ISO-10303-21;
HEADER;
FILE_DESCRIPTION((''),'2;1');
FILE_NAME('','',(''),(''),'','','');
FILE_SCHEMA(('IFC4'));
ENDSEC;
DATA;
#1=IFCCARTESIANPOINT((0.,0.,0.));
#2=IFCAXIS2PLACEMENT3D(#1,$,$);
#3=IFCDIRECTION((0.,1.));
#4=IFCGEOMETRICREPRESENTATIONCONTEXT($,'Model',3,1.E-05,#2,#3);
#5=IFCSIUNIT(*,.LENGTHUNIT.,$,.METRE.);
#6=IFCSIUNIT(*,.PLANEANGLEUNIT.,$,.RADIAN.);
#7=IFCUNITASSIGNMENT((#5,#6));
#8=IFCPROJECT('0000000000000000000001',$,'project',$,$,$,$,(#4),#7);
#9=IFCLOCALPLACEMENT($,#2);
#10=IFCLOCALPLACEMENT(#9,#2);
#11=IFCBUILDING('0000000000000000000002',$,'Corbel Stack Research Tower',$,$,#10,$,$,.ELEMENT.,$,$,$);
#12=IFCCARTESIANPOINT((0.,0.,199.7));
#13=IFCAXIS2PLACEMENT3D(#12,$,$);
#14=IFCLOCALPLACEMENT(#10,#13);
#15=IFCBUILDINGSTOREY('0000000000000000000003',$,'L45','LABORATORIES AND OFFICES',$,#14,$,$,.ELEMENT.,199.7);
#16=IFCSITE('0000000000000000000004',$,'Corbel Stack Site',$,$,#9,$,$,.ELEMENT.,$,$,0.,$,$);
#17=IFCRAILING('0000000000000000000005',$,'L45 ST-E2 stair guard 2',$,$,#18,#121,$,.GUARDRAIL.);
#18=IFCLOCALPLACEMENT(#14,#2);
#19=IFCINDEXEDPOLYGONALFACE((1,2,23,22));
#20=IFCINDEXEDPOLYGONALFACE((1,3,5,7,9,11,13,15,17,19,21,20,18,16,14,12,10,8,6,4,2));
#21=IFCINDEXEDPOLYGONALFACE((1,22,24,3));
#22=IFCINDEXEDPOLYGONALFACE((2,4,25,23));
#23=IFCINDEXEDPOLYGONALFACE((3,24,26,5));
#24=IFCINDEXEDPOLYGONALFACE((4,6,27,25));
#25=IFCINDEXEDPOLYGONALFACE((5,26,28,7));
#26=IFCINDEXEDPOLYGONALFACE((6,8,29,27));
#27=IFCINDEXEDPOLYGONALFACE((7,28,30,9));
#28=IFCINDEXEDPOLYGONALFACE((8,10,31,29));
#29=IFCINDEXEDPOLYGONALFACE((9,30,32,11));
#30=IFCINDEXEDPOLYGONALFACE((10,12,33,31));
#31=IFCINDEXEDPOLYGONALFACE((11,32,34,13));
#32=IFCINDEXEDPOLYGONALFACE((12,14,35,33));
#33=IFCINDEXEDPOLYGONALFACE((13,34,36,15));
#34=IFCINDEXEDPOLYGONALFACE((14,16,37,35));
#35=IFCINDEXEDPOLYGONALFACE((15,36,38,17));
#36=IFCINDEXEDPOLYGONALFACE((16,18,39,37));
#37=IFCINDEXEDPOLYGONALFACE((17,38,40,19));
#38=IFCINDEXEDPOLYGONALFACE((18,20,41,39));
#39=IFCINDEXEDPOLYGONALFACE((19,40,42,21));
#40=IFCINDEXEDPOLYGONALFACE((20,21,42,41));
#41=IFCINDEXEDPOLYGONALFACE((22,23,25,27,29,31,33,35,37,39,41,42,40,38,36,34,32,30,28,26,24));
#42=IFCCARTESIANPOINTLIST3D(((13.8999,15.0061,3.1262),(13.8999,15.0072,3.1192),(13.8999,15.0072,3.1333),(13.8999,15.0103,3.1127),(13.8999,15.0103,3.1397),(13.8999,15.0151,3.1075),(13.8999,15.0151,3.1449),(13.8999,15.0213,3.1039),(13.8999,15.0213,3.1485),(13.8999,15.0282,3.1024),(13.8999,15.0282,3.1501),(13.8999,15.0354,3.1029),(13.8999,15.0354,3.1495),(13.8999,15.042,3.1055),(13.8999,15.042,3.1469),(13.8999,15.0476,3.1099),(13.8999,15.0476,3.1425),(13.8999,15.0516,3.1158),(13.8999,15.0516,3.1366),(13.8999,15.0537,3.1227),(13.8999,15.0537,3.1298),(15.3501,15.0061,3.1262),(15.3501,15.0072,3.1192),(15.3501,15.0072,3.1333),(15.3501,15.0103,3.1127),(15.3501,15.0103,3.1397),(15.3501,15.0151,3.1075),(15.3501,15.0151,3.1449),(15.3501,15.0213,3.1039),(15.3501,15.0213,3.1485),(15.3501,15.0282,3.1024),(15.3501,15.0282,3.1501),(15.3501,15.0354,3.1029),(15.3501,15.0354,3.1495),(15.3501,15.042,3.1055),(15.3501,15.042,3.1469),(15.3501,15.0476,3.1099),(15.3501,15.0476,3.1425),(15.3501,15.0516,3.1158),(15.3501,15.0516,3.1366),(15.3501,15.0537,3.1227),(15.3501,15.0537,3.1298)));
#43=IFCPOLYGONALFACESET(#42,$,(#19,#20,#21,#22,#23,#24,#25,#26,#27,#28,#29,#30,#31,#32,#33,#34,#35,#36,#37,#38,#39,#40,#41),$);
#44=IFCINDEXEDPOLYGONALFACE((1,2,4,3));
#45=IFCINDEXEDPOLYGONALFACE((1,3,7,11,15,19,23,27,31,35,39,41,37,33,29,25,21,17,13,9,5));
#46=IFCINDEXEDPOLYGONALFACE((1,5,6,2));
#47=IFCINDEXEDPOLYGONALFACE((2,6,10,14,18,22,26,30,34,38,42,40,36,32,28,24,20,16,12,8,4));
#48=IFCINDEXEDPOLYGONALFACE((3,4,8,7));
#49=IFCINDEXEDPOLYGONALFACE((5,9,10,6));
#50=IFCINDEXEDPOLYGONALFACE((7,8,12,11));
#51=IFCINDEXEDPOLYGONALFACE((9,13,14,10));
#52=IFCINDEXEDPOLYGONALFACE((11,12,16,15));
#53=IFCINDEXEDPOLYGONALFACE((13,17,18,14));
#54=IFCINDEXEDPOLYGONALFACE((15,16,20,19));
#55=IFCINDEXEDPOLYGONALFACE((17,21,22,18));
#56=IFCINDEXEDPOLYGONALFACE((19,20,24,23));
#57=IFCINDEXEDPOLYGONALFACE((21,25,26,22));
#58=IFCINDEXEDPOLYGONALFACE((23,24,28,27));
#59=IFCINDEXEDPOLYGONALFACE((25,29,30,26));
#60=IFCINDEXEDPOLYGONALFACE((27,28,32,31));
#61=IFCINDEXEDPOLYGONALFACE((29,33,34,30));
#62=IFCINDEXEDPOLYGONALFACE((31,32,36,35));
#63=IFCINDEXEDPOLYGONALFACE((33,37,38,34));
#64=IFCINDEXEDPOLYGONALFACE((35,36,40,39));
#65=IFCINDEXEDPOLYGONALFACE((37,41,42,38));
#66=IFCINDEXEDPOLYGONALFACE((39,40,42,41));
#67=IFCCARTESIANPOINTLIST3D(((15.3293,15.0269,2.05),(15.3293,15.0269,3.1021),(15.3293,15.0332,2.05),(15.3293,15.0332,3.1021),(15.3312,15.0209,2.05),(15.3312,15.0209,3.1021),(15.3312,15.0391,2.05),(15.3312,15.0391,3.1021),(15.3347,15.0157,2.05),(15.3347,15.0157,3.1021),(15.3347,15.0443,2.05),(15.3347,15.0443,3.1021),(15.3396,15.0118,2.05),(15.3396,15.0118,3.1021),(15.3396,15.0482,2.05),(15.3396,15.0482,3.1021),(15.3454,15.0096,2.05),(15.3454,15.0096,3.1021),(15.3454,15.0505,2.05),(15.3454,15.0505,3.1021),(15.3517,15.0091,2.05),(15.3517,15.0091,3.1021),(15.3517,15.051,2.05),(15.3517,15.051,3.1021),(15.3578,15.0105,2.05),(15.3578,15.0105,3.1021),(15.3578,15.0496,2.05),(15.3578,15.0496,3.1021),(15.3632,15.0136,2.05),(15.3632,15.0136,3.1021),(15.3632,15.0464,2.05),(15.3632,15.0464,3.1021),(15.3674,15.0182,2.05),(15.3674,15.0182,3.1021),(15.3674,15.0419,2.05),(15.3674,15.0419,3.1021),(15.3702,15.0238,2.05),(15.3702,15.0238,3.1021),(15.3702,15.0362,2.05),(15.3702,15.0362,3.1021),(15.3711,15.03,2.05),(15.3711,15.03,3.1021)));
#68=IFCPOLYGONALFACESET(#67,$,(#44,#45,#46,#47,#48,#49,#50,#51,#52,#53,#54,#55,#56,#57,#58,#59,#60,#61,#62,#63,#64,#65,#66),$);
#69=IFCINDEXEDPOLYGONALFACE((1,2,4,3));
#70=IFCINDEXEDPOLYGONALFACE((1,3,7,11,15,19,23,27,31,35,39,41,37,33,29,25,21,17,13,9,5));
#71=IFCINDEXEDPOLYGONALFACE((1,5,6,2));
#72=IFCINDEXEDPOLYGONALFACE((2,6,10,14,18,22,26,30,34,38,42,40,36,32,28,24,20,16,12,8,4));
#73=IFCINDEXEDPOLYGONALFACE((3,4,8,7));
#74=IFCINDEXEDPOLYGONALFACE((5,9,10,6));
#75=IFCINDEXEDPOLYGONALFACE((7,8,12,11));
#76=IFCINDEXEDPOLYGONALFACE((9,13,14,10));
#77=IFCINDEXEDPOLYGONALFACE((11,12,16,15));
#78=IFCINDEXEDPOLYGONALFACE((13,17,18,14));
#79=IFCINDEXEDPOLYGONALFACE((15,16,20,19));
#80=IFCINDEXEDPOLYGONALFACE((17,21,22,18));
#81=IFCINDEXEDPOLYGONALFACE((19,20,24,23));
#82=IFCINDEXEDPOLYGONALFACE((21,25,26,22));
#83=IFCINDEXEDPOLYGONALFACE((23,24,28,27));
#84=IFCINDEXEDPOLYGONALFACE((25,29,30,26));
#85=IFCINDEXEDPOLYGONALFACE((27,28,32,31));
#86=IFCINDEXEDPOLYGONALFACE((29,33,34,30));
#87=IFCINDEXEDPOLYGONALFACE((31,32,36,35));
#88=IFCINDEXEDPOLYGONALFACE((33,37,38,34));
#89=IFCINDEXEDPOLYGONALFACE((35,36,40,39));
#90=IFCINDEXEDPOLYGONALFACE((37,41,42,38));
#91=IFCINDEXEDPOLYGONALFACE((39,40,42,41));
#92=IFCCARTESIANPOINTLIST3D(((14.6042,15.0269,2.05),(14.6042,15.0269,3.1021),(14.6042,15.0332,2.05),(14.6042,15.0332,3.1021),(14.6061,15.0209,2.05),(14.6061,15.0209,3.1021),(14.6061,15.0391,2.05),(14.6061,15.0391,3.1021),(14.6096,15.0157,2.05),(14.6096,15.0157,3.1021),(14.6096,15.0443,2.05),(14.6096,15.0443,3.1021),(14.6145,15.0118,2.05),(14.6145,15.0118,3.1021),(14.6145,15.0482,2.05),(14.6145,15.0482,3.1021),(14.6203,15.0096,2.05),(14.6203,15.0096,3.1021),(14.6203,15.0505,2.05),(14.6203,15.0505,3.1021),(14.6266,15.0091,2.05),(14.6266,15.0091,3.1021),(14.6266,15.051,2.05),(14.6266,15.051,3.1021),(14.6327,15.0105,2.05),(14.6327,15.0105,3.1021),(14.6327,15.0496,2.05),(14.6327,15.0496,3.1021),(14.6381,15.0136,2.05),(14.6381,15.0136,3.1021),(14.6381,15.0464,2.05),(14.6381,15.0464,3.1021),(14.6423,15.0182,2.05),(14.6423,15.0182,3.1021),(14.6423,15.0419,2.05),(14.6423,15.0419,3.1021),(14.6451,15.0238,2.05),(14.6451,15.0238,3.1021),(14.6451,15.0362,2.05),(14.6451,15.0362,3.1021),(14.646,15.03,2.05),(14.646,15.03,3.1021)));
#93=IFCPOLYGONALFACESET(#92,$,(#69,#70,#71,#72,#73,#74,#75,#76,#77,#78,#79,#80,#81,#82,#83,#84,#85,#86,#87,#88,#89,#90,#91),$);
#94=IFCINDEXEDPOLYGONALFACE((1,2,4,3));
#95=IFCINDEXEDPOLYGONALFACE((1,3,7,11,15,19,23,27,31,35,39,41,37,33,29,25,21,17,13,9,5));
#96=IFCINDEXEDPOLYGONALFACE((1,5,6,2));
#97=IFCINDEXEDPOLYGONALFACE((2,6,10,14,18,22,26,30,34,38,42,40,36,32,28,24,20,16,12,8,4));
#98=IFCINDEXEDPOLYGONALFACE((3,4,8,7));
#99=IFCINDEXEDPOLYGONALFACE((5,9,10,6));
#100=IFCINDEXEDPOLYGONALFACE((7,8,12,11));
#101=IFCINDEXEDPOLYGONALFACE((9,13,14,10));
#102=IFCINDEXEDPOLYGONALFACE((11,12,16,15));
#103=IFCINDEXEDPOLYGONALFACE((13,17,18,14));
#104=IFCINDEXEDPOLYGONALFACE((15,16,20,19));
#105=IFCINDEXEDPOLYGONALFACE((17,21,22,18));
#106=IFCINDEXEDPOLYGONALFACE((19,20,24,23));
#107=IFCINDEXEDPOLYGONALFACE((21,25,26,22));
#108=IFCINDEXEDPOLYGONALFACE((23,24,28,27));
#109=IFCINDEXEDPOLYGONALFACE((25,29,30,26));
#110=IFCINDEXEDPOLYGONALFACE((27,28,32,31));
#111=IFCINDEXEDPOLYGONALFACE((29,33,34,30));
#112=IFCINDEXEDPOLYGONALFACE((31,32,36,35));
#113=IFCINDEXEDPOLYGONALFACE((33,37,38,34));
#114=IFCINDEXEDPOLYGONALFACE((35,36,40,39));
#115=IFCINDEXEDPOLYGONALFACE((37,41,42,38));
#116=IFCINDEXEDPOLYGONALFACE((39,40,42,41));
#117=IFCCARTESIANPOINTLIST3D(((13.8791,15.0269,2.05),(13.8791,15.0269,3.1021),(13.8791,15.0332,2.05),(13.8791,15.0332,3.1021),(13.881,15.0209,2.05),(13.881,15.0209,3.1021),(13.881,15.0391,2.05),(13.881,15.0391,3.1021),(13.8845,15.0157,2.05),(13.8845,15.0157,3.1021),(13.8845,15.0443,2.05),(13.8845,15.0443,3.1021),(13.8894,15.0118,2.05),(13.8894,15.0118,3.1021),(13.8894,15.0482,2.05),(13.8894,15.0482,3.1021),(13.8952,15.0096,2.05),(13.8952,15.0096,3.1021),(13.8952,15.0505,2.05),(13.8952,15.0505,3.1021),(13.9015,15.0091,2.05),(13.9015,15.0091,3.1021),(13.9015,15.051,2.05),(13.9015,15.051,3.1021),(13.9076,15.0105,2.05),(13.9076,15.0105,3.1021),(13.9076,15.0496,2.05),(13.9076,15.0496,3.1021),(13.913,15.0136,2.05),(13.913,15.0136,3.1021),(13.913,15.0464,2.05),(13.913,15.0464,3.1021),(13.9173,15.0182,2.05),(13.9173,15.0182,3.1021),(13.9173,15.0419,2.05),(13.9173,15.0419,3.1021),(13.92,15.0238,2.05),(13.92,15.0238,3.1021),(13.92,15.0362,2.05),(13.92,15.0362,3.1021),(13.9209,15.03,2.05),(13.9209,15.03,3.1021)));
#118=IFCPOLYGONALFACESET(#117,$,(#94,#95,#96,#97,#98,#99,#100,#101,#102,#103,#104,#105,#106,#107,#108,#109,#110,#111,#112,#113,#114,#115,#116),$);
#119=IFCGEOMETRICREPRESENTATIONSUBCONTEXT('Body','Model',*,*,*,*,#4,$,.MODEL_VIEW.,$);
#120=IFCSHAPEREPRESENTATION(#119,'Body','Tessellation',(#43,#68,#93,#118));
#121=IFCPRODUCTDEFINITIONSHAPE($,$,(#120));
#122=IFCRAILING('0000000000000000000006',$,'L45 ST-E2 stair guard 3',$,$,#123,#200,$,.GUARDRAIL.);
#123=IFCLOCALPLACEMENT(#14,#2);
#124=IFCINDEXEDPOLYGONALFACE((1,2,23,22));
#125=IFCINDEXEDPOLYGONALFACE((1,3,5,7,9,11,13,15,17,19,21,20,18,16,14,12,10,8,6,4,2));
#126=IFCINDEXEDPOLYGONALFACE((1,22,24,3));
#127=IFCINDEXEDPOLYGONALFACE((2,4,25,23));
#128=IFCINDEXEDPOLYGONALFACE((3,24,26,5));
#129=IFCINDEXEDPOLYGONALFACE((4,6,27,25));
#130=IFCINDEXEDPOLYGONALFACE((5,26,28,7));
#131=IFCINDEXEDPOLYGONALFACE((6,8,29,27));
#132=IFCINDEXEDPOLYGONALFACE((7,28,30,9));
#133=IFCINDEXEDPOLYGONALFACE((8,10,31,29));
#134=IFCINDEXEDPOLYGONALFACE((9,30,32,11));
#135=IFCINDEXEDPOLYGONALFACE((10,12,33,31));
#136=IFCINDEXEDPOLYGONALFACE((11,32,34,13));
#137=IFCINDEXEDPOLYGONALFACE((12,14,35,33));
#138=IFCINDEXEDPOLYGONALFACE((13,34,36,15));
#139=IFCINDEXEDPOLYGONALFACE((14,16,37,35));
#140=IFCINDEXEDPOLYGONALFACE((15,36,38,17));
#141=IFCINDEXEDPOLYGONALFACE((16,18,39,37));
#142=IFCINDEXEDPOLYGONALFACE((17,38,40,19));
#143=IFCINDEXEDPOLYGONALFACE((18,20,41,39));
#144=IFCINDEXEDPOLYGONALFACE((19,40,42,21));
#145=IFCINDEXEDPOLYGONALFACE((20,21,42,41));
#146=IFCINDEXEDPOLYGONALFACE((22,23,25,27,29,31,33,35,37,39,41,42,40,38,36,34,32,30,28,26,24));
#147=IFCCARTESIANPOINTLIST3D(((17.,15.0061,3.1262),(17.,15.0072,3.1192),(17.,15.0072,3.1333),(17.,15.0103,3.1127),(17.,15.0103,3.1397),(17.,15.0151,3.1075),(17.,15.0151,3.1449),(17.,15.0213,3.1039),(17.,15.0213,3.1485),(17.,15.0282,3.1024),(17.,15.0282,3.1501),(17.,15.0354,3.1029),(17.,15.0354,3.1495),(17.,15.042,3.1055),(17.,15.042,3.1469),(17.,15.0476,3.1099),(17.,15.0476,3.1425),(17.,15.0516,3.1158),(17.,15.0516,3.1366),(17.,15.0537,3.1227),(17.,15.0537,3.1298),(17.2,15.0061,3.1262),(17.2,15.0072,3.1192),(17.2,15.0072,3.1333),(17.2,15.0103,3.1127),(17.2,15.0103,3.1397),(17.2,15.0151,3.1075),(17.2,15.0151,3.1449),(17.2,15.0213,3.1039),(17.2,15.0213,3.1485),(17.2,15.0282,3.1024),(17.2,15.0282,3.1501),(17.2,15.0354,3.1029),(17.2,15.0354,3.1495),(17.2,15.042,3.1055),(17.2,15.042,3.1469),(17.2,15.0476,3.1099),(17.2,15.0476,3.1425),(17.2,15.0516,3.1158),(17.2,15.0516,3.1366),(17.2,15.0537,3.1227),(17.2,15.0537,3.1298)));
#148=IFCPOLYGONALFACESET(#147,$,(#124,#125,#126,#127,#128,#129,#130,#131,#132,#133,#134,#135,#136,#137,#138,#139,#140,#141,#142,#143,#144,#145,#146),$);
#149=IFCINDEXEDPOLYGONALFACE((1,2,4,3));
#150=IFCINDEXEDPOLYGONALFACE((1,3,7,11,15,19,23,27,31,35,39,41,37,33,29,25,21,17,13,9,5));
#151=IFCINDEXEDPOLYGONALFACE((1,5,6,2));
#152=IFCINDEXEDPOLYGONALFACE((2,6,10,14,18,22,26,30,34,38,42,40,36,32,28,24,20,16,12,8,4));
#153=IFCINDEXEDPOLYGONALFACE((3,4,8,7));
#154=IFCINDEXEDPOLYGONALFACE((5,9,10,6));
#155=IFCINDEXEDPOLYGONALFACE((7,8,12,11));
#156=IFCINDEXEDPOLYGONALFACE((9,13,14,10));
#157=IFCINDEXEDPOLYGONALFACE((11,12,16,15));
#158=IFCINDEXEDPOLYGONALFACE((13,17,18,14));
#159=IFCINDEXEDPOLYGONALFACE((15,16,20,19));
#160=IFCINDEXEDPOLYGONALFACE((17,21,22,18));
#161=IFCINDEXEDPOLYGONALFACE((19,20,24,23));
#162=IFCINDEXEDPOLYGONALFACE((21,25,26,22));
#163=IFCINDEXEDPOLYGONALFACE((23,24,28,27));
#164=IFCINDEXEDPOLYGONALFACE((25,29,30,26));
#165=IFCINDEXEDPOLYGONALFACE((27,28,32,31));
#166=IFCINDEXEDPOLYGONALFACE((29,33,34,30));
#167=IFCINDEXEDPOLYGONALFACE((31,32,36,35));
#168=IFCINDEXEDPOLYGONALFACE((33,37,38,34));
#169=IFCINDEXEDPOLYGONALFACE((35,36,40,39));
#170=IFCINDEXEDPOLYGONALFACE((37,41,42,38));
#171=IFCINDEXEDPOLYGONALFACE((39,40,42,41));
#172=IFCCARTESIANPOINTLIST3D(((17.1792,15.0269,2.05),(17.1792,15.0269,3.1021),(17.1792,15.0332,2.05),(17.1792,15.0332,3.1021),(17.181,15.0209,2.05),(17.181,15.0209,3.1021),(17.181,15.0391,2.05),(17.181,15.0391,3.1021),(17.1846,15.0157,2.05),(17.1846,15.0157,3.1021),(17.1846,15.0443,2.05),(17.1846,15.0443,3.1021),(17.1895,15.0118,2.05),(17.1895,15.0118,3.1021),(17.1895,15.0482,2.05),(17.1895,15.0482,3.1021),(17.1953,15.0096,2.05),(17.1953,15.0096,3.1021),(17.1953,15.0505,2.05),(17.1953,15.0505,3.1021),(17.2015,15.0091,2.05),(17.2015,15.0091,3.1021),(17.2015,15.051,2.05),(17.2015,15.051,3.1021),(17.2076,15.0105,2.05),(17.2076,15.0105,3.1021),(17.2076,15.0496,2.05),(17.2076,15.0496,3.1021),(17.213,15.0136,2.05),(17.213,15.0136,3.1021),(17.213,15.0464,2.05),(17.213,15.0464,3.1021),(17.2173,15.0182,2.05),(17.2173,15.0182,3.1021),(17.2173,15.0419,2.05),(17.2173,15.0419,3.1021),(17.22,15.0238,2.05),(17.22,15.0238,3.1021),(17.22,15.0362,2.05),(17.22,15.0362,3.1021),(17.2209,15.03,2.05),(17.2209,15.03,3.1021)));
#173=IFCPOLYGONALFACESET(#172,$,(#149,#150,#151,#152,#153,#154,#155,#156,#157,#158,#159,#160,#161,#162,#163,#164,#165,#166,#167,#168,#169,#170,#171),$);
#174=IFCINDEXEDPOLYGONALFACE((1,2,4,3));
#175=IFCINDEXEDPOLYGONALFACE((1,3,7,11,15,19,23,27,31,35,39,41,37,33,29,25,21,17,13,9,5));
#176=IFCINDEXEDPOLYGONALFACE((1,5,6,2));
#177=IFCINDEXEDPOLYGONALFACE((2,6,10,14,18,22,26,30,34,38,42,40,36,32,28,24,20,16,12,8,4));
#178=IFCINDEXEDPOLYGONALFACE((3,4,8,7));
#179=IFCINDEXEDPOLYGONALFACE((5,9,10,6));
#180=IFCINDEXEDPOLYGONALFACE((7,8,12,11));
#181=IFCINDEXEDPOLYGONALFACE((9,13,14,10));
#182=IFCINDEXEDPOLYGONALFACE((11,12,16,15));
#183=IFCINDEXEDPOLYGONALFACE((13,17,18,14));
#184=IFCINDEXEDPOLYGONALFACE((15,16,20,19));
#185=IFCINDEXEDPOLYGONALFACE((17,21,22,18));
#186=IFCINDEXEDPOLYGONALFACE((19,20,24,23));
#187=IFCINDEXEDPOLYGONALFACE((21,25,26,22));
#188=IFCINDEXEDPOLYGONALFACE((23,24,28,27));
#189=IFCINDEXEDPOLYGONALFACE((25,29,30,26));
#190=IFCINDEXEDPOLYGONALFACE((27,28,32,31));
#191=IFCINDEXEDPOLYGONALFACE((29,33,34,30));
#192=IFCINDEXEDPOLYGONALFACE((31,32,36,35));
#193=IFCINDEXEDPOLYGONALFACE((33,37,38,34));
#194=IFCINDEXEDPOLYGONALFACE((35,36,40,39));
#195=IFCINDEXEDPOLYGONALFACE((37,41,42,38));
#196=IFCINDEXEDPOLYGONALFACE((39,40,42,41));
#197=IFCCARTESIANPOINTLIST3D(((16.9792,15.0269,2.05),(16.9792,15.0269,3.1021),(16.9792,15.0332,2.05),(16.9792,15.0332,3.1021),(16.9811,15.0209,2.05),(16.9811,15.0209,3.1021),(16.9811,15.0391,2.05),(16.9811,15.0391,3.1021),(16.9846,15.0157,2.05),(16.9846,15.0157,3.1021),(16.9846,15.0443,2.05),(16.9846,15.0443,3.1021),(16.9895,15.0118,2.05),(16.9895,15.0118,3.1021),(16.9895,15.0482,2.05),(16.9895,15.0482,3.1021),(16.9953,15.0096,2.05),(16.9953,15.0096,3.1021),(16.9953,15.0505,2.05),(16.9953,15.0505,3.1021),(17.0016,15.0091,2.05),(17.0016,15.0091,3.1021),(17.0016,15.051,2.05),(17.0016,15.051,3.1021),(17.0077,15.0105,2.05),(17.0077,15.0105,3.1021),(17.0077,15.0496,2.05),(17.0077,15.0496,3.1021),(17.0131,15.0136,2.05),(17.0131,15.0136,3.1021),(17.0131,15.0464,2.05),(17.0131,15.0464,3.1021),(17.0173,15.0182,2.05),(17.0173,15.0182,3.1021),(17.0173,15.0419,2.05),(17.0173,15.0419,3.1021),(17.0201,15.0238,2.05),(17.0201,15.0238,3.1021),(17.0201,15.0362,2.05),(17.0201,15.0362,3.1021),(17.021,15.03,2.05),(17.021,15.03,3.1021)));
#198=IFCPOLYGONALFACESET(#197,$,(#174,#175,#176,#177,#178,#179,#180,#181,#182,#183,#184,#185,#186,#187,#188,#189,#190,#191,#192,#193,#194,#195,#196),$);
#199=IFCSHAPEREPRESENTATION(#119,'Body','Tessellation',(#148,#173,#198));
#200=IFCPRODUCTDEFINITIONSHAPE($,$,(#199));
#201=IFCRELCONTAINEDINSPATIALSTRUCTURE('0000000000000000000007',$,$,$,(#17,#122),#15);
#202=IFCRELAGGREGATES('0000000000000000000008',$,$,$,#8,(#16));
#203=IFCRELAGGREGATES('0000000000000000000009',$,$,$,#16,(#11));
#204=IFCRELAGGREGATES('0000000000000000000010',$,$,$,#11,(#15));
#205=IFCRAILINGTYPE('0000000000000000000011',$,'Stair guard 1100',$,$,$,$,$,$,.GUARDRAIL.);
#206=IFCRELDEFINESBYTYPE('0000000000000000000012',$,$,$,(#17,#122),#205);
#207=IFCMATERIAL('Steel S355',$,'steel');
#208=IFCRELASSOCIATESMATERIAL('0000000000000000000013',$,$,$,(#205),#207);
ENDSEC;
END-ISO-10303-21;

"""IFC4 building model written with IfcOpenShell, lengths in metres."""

from ifc_helpers import new_model, si_unit, direction, frame, origin, origin_2d, place, context, subcontext, project, spatial, circle, extrude, material, type_object, element, save


model = new_model("IFC4")

# Units and contexts
model_context = context("Model", 3, precision=1e-05, world=origin(), true_north=direction((0.0, 1.0)))
body_context = subcontext(model_context, "Body", "Model", "MODEL_VIEW")
ifc_project = project(units=[si_unit("LENGTHUNIT", "METRE"), si_unit("PLANEANGLEUNIT", "RADIAN")], contexts=[model_context])

# Site, building, storey
site_placement = place(None, origin())
site = spatial("IfcSite", under=ifc_project, at=site_placement, Name="Corbel Stack Site", CompositionType="ELEMENT", RefElevation=0.0)
building_placement = place(site_placement, origin())
building = spatial("IfcBuilding", under=site, at=building_placement, Name="Corbel Stack Research Tower", CompositionType="ELEMENT")
storey_placement = place(building_placement, frame((0.0, 0.0, 199.7)))
storey = spatial("IfcBuildingStorey", under=building, at=storey_placement, Name="L45", Description="LABORATORIES AND OFFICES", CompositionType="ELEMENT", Elevation=199.7)

# Railings
ifc_material_1 = material(Name="Steel S355", Category="steel")
railing_type_1 = type_object("IfcRailingType", Name="Stair guard 1100", PredefinedType="GUARDRAIL", material=ifc_material_1)
railing_1_placement = place(storey_placement, frame((15.3501, 15.03, 2.05)))
element("IfcRailing", 1, at=railing_1_placement, inside=storey, type_object=railing_type_1, Name="L45 ST-E2 stair guard 2", PredefinedType="GUARDRAIL", context=body_context, shape_type="SweptSolid", body=[
    extrude(circle(Radius=0.0239, at=origin_2d()), frame((0.0, 0.0, 1.0762), z_axis=(-1.0, 0.0, 0.0), x_axis=(0.0, -1.0, 0.0)), (0.0, 0.0, 1.0), 1.4502),
    extrude(circle(Radius=0.021, at=origin_2d()), origin(), (0.0, 0.0, 1.0), 1.052),
    extrude(circle(Radius=0.021, at=origin_2d()), frame((-0.7251, 0.0, 0.0)), (0.0, 0.0, 1.0), 1.052),
    extrude(circle(Radius=0.021, at=origin_2d()), frame((-1.4502, 0.0, 0.0)), (0.0, 0.0, 1.0), 1.052),
])
railing_2_placement = place(storey_placement, frame((17.2, 15.03, 2.05)))
element("IfcRailing", 2, at=railing_2_placement, inside=storey, type_object=railing_type_1, Name="L45 ST-E2 stair guard 3", PredefinedType="GUARDRAIL", context=body_context, shape_type="SweptSolid", body=[
    extrude(circle(Radius=0.0239, at=origin_2d()), frame((0.0, 0.0, 1.0762), z_axis=(-1.0, 0.0, 0.0), x_axis=(0.0, -1.0, 0.0)), (0.0, 0.0, 1.0), 0.2),
    extrude(circle(Radius=0.021, at=origin_2d()), origin(), (0.0, 0.0, 1.0), 1.052),
    extrude(circle(Radius=0.021, at=origin_2d()), frame((-0.2, 0.0, 0.0)), (0.0, 0.0, 1.0), 1.052),
])

save(model, "model.ifc")
